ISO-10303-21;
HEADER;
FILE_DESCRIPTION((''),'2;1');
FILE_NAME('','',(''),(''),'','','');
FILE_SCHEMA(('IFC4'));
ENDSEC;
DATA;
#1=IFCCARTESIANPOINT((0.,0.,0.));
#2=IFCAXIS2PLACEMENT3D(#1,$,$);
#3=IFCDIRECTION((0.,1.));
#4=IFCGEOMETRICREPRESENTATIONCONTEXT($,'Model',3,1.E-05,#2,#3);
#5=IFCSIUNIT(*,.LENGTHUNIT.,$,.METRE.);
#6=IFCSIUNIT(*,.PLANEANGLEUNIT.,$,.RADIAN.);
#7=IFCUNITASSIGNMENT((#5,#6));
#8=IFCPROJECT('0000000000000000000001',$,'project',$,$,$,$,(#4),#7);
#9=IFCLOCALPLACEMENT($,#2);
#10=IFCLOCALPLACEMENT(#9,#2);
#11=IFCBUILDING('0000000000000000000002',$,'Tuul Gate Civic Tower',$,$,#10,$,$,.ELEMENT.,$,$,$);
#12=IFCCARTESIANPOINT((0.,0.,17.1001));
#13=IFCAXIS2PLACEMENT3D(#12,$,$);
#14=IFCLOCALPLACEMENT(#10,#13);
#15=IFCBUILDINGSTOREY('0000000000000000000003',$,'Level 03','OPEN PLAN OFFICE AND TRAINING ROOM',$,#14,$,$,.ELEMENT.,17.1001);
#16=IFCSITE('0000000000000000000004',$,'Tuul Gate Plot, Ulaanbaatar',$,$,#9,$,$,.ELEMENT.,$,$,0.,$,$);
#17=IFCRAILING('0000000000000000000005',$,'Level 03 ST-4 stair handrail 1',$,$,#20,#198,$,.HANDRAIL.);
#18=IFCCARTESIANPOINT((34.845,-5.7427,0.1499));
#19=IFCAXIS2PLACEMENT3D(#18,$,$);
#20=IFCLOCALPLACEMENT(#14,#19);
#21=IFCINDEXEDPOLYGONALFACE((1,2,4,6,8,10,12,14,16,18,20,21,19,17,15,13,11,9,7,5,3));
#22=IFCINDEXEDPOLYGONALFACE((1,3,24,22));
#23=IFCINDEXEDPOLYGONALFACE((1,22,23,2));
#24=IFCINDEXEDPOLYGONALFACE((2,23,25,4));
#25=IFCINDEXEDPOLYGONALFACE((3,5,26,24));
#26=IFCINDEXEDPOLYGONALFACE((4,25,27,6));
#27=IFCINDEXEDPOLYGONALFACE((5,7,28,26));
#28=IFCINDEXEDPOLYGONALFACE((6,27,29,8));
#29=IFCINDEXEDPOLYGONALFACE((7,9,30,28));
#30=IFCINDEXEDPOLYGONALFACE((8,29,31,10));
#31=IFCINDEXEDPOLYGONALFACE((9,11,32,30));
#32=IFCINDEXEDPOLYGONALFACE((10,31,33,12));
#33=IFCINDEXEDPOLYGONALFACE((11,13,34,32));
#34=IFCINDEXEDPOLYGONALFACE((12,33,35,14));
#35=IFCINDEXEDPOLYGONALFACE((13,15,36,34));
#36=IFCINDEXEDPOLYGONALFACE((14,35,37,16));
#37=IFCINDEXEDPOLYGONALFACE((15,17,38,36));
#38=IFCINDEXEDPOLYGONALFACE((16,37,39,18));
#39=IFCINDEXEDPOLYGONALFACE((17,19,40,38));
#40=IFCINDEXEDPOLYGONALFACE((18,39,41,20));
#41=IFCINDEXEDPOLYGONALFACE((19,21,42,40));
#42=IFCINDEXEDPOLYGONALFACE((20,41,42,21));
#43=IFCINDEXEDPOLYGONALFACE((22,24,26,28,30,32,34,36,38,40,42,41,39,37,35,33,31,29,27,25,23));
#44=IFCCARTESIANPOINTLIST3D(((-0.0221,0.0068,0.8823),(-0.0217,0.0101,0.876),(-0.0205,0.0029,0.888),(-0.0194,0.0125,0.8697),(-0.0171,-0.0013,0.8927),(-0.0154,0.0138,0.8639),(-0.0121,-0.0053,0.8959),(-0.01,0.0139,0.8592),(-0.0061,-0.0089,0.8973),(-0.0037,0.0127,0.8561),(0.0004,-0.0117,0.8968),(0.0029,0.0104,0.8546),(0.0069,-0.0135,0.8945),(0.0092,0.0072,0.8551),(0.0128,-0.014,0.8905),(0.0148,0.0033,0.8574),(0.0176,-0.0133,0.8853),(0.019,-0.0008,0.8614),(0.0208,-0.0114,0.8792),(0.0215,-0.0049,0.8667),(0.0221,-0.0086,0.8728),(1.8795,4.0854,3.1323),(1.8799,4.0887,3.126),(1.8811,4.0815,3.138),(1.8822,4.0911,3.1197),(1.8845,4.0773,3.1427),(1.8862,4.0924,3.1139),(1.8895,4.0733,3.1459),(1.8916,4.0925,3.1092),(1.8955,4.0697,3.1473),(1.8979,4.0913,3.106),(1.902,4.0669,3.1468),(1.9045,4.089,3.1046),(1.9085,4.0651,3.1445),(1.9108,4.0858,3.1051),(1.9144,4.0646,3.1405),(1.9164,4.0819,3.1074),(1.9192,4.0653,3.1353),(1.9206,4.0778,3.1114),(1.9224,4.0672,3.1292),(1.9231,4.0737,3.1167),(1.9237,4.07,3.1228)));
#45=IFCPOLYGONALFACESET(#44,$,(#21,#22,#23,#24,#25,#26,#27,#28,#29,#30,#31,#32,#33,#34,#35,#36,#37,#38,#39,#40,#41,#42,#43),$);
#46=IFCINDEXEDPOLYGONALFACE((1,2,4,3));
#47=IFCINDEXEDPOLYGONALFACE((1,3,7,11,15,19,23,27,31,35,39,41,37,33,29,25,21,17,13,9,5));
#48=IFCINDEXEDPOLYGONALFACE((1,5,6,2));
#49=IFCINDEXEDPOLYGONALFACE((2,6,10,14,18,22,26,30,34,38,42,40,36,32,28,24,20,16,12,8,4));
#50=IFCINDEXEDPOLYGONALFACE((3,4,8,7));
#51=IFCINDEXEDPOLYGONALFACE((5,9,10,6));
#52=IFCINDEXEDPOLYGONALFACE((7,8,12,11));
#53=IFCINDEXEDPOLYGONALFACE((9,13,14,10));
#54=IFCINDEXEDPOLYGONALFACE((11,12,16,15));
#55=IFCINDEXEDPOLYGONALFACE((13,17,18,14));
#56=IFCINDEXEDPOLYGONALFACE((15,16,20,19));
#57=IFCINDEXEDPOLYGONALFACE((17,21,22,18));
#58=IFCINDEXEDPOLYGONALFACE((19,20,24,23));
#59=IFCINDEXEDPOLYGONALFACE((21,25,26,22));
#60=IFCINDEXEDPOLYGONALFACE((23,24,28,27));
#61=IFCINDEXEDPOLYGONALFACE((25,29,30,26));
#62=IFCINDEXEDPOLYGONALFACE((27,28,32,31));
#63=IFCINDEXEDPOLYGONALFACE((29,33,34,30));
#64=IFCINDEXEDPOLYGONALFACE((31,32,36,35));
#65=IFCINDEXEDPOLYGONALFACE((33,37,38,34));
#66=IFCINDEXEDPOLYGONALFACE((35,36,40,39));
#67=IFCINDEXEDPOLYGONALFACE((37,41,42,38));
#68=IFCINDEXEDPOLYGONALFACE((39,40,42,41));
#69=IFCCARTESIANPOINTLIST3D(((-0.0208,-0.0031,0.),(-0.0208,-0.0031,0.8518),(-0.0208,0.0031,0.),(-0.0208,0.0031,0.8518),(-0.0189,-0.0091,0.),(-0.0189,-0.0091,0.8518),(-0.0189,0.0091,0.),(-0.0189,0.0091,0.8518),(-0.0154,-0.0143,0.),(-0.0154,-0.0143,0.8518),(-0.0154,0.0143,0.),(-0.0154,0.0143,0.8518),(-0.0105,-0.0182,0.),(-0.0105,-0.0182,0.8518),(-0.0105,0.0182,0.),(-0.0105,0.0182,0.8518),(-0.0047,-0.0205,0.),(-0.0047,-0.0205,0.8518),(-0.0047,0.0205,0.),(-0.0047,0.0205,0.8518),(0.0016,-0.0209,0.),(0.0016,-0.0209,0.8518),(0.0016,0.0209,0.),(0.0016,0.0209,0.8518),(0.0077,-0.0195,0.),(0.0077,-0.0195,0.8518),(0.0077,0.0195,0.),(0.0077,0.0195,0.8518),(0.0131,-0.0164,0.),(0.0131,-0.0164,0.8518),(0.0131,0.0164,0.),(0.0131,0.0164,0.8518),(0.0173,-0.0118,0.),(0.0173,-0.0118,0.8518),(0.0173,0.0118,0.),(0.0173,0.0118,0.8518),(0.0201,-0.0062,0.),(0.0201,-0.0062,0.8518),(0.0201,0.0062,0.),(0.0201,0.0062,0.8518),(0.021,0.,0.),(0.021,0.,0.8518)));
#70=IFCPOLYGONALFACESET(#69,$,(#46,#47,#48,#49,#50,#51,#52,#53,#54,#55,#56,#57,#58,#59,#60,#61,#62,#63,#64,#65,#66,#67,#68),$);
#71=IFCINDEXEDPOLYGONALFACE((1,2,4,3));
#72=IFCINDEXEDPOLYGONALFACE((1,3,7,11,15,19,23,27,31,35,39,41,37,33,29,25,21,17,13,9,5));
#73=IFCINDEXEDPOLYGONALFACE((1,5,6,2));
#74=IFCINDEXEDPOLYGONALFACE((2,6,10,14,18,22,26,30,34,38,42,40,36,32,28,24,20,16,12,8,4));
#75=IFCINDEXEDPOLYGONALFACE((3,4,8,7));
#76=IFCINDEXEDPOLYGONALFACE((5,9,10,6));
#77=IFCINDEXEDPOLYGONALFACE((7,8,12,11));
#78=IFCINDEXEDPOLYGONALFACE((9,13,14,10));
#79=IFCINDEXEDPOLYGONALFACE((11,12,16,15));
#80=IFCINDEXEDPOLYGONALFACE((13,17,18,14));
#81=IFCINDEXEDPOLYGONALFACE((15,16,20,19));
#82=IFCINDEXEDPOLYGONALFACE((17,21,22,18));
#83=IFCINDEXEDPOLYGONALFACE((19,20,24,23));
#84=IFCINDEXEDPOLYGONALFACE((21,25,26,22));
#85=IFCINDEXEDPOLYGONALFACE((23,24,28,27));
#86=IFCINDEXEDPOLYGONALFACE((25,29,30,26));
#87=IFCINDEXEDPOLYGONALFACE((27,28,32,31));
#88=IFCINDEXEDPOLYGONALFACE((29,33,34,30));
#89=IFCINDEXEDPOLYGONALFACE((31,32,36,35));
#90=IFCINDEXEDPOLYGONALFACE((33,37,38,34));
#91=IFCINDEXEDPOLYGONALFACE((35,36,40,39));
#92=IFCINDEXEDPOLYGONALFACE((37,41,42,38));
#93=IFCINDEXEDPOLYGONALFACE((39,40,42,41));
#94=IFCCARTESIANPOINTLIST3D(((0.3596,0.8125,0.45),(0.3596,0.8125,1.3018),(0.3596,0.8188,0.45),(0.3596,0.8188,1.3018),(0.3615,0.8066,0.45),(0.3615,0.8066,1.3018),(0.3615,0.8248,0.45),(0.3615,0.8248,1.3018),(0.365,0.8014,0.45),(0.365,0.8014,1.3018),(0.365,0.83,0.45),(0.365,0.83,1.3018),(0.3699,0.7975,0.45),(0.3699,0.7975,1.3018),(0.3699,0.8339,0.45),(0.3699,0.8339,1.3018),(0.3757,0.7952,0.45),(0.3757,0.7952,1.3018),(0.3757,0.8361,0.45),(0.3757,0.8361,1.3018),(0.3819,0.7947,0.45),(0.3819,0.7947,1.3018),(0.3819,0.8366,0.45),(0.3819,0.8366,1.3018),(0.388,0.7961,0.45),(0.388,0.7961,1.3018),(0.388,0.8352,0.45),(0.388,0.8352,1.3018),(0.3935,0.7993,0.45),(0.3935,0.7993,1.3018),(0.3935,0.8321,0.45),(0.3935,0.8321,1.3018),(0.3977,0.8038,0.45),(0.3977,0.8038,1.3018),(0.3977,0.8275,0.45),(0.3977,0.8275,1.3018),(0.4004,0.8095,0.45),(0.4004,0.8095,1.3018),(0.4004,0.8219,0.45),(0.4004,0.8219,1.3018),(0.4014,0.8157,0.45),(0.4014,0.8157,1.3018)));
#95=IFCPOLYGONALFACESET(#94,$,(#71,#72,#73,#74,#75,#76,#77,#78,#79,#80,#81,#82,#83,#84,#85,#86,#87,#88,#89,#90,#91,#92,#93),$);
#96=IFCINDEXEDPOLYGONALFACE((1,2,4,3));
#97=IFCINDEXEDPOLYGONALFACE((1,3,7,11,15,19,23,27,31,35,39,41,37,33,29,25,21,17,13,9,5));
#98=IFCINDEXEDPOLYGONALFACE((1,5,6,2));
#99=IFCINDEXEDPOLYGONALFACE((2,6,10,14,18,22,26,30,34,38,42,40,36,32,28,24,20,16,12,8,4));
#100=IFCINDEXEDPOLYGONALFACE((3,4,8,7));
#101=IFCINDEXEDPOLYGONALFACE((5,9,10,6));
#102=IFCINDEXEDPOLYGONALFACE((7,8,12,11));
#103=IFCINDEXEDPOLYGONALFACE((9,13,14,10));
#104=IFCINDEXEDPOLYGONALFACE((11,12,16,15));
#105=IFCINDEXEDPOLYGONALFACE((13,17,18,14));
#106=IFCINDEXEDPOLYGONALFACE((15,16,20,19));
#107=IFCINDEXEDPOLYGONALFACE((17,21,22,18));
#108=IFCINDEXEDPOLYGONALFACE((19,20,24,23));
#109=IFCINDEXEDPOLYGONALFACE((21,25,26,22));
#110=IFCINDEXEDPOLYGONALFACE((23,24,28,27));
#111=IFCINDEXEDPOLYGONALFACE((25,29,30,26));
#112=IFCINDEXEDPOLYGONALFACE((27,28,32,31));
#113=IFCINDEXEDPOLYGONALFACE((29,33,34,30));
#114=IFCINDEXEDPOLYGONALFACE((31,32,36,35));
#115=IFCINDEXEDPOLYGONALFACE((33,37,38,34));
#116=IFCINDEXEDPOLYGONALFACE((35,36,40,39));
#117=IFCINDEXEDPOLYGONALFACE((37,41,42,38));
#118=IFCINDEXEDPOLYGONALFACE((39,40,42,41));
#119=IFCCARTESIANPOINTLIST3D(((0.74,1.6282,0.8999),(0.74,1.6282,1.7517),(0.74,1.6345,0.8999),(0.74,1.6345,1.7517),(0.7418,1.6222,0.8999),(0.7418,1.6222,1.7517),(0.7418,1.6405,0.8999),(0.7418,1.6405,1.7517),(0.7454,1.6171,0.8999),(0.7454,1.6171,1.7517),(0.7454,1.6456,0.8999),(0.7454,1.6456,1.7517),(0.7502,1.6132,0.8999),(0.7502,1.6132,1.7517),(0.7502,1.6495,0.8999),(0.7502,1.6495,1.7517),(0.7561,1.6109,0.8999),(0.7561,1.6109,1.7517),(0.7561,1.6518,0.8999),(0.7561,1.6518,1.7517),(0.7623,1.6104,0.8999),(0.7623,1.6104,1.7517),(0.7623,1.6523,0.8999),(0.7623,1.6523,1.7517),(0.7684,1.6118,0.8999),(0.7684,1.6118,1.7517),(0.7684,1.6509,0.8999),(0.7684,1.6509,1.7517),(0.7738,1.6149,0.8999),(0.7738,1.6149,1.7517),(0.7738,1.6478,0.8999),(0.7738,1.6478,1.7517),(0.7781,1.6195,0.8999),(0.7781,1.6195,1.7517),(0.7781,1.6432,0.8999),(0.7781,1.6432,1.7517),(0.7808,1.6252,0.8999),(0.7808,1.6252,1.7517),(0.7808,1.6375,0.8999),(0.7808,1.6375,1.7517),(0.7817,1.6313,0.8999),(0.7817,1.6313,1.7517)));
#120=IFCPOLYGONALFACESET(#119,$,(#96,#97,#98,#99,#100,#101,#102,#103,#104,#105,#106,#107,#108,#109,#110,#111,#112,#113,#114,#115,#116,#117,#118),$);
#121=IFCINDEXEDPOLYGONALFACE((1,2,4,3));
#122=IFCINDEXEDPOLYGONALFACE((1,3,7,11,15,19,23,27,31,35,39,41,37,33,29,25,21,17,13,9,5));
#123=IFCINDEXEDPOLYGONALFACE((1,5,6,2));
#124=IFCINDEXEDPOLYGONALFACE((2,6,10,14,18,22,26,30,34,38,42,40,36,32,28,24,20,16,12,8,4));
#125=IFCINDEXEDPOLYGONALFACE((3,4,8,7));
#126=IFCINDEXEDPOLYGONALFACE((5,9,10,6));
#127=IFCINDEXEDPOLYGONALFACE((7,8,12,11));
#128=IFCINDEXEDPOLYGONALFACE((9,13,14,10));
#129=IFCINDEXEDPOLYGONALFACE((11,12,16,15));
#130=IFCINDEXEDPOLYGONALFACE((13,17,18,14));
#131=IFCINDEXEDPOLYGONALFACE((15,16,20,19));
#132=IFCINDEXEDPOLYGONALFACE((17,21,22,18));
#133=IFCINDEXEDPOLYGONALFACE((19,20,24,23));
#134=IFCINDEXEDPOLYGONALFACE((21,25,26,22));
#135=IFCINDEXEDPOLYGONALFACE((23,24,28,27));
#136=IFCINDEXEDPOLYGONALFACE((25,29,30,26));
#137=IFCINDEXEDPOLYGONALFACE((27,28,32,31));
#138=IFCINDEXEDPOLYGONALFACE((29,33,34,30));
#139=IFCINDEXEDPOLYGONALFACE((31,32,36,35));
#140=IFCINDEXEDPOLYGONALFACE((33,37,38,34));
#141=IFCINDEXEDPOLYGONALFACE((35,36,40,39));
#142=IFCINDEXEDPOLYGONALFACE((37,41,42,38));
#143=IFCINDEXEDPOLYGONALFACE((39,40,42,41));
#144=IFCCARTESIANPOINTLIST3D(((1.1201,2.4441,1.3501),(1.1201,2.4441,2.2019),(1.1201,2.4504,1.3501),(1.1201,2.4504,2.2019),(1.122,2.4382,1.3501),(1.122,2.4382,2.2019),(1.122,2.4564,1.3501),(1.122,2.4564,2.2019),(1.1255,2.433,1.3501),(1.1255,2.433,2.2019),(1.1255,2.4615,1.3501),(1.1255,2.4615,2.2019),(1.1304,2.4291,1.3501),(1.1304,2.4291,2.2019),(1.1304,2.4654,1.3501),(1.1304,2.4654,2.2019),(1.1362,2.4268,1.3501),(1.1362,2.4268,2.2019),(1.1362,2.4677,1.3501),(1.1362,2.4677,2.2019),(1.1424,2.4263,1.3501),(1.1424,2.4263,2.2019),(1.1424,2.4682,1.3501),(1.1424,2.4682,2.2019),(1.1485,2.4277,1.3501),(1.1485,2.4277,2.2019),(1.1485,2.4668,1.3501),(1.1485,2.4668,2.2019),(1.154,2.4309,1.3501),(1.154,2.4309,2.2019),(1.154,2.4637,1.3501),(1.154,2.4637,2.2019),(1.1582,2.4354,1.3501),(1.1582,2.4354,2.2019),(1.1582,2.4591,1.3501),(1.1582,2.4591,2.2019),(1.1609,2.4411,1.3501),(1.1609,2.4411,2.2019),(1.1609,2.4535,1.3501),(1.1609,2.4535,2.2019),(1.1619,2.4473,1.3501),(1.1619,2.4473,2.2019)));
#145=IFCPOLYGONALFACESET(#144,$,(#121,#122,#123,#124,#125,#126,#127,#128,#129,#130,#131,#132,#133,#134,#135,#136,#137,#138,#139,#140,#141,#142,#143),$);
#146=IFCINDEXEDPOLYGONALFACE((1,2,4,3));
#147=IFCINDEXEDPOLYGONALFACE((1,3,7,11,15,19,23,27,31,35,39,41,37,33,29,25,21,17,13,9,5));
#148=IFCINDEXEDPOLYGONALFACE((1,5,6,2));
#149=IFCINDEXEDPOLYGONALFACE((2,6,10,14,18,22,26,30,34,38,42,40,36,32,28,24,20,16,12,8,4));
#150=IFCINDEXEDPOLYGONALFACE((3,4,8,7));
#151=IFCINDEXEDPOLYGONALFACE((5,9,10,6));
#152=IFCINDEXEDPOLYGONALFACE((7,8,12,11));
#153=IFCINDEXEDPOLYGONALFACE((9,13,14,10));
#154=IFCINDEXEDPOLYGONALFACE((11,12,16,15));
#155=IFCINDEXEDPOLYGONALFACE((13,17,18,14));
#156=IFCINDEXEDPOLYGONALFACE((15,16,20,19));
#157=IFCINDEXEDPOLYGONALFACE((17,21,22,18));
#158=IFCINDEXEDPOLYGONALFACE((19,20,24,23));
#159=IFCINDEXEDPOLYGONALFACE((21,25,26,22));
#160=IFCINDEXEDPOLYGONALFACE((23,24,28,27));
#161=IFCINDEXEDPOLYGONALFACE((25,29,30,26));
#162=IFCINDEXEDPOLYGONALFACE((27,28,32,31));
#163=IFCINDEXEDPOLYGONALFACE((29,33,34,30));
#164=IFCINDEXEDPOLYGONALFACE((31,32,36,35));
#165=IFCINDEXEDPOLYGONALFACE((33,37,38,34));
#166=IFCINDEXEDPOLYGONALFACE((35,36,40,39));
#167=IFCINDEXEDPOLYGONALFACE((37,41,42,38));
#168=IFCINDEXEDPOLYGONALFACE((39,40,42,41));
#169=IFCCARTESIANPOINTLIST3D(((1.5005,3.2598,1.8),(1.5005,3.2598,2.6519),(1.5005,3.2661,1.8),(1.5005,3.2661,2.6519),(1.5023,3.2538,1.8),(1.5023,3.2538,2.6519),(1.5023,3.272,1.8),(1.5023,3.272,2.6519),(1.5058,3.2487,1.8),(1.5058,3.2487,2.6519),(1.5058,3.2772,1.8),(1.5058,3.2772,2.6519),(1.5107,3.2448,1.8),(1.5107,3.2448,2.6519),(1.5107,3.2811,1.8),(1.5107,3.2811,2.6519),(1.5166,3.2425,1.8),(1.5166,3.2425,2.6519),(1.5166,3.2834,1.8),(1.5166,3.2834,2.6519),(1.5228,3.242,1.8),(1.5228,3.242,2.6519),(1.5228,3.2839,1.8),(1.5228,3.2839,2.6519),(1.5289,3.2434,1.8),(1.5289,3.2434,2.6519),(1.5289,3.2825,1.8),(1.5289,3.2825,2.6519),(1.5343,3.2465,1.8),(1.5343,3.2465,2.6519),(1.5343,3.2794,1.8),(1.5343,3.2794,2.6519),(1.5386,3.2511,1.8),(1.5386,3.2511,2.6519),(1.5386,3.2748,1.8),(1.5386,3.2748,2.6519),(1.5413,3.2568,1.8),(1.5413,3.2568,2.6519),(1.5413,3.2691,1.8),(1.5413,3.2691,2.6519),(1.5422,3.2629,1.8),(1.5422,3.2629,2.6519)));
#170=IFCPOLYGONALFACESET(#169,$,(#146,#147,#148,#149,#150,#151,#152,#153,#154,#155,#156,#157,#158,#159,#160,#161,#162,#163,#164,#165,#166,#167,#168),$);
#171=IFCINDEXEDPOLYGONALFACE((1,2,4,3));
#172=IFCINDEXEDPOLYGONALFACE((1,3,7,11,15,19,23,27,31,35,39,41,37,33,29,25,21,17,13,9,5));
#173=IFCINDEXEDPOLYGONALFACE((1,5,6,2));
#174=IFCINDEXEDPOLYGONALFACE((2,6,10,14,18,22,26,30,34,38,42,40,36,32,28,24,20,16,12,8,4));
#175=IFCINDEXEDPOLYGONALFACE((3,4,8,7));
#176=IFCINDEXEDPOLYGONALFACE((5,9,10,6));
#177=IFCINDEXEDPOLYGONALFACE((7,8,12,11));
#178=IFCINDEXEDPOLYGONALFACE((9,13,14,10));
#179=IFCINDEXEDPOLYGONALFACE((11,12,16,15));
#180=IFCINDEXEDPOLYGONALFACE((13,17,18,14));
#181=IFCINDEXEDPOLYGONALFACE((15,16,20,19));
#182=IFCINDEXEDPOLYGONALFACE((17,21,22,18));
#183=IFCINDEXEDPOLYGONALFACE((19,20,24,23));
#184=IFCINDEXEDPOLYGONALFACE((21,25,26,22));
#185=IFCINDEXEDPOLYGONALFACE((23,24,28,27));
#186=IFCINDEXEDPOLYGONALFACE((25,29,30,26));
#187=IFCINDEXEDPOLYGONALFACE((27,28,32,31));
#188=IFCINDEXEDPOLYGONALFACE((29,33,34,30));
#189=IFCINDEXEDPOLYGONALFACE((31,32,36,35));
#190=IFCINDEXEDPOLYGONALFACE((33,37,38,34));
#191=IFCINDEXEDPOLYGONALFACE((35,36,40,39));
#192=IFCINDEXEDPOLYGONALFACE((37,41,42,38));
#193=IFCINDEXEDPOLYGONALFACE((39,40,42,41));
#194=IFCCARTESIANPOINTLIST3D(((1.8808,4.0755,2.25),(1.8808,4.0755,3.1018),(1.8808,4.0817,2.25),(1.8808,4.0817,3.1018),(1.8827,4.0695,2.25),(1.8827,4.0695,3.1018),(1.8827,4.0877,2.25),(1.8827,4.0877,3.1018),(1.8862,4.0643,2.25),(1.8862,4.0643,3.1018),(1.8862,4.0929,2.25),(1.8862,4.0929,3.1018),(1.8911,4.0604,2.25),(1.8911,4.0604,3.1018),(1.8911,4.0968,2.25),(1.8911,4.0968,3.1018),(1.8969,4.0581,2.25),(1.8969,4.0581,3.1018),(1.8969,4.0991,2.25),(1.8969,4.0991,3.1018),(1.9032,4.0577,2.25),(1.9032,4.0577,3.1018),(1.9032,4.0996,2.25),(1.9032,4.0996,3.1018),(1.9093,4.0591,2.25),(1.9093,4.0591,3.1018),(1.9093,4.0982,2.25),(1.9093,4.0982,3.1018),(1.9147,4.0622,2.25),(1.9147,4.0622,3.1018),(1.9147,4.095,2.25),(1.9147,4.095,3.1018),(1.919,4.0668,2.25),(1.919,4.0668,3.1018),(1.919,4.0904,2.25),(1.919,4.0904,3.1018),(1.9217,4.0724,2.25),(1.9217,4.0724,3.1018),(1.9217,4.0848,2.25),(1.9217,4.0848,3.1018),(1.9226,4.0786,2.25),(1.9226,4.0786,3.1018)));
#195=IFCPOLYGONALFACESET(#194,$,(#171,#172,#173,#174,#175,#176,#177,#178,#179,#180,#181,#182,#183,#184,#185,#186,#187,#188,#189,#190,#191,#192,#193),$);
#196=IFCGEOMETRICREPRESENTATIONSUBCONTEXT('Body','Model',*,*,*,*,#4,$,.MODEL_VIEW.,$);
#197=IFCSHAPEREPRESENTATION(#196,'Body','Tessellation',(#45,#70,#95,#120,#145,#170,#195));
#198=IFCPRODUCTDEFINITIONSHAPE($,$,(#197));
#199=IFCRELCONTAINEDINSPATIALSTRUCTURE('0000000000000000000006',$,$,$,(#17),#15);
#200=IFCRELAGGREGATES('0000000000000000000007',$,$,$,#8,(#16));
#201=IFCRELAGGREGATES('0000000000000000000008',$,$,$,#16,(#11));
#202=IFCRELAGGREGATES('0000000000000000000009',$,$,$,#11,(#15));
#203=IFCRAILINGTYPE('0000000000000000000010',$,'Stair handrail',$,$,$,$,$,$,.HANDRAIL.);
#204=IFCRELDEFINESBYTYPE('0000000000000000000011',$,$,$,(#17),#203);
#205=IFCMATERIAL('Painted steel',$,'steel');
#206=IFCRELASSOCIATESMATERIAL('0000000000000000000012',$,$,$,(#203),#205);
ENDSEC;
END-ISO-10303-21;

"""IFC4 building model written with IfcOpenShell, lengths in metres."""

from ifc_helpers import new_model, si_unit, direction, frame, origin, origin_2d, place, context, subcontext, project, spatial, circle, extrude, material, type_object, element, save


model = new_model("IFC4")

# Units and contexts
model_context = context("Model", 3, precision=1e-05, world=origin(), true_north=direction((0.0, 1.0)))
body_context = subcontext(model_context, "Body", "Model", "MODEL_VIEW")
ifc_project = project(units=[si_unit("LENGTHUNIT", "METRE"), si_unit("PLANEANGLEUNIT", "RADIAN")], contexts=[model_context])

# Site, building, storey
site_placement = place(None, origin())
site = spatial("IfcSite", under=ifc_project, at=site_placement, Name="Tuul Gate Plot, Ulaanbaatar", CompositionType="ELEMENT", RefElevation=0.0)
building_placement = place(site_placement, origin())
building = spatial("IfcBuilding", under=site, at=building_placement, Name="Tuul Gate Civic Tower", CompositionType="ELEMENT")
storey_placement = place(building_placement, frame((0.0, 0.0, 17.1001)))
storey = spatial("IfcBuildingStorey", under=building, at=storey_placement, Name="Level 03", Description="OPEN PLAN OFFICE AND TRAINING ROOM", CompositionType="ELEMENT", Elevation=17.1001)

# Railing
ifc_material_1 = material(Name="Painted steel", Category="steel")
railing_type = type_object("IfcRailingType", Name="Stair handrail", PredefinedType="HANDRAIL", material=ifc_material_1)
railing_1_placement = place(storey_placement, frame((34.845, -5.7427, 0.1499)))
element("IfcRailing", 1, at=railing_1_placement, inside=storey, type_object=railing_type, Name="Level 03 ST-4 stair handrail 1", PredefinedType="HANDRAIL", context=body_context, shape_type="SweptSolid", body=[
    extrude(circle(Radius=0.0239, at=origin_2d()), frame((0.0, 0.0, 0.876), z_axis=(0.377958, 0.810652, 0.447203), x_axis=(-0.906331, 0.422568, 0.0)), (0.0, 0.0, 1.0), 5.0312),
    extrude(circle(Radius=0.021, at=origin_2d()), origin(), (0.0, 0.0, 1.0), 0.8518),
    extrude(circle(Radius=0.021, at=origin_2d()), frame((0.3804, 0.8157, 0.45)), (0.0, 0.0, 1.0), 0.8518),
    extrude(circle(Radius=0.021, at=origin_2d()), frame((0.7607, 1.6313, 0.8999)), (0.0, 0.0, 1.0), 0.8518),
    extrude(circle(Radius=0.021, at=origin_2d()), frame((1.1409, 2.4473, 1.3501)), (0.0, 0.0, 1.0), 0.8518),
    extrude(circle(Radius=0.021, at=origin_2d()), frame((1.5212, 3.2629, 1.8)), (0.0, 0.0, 1.0), 0.8518),
    extrude(circle(Radius=0.021, at=origin_2d()), frame((1.9016, 4.0786, 2.25)), (0.0, 0.0, 1.0), 0.8518),
])

save(model, "model.ifc")
